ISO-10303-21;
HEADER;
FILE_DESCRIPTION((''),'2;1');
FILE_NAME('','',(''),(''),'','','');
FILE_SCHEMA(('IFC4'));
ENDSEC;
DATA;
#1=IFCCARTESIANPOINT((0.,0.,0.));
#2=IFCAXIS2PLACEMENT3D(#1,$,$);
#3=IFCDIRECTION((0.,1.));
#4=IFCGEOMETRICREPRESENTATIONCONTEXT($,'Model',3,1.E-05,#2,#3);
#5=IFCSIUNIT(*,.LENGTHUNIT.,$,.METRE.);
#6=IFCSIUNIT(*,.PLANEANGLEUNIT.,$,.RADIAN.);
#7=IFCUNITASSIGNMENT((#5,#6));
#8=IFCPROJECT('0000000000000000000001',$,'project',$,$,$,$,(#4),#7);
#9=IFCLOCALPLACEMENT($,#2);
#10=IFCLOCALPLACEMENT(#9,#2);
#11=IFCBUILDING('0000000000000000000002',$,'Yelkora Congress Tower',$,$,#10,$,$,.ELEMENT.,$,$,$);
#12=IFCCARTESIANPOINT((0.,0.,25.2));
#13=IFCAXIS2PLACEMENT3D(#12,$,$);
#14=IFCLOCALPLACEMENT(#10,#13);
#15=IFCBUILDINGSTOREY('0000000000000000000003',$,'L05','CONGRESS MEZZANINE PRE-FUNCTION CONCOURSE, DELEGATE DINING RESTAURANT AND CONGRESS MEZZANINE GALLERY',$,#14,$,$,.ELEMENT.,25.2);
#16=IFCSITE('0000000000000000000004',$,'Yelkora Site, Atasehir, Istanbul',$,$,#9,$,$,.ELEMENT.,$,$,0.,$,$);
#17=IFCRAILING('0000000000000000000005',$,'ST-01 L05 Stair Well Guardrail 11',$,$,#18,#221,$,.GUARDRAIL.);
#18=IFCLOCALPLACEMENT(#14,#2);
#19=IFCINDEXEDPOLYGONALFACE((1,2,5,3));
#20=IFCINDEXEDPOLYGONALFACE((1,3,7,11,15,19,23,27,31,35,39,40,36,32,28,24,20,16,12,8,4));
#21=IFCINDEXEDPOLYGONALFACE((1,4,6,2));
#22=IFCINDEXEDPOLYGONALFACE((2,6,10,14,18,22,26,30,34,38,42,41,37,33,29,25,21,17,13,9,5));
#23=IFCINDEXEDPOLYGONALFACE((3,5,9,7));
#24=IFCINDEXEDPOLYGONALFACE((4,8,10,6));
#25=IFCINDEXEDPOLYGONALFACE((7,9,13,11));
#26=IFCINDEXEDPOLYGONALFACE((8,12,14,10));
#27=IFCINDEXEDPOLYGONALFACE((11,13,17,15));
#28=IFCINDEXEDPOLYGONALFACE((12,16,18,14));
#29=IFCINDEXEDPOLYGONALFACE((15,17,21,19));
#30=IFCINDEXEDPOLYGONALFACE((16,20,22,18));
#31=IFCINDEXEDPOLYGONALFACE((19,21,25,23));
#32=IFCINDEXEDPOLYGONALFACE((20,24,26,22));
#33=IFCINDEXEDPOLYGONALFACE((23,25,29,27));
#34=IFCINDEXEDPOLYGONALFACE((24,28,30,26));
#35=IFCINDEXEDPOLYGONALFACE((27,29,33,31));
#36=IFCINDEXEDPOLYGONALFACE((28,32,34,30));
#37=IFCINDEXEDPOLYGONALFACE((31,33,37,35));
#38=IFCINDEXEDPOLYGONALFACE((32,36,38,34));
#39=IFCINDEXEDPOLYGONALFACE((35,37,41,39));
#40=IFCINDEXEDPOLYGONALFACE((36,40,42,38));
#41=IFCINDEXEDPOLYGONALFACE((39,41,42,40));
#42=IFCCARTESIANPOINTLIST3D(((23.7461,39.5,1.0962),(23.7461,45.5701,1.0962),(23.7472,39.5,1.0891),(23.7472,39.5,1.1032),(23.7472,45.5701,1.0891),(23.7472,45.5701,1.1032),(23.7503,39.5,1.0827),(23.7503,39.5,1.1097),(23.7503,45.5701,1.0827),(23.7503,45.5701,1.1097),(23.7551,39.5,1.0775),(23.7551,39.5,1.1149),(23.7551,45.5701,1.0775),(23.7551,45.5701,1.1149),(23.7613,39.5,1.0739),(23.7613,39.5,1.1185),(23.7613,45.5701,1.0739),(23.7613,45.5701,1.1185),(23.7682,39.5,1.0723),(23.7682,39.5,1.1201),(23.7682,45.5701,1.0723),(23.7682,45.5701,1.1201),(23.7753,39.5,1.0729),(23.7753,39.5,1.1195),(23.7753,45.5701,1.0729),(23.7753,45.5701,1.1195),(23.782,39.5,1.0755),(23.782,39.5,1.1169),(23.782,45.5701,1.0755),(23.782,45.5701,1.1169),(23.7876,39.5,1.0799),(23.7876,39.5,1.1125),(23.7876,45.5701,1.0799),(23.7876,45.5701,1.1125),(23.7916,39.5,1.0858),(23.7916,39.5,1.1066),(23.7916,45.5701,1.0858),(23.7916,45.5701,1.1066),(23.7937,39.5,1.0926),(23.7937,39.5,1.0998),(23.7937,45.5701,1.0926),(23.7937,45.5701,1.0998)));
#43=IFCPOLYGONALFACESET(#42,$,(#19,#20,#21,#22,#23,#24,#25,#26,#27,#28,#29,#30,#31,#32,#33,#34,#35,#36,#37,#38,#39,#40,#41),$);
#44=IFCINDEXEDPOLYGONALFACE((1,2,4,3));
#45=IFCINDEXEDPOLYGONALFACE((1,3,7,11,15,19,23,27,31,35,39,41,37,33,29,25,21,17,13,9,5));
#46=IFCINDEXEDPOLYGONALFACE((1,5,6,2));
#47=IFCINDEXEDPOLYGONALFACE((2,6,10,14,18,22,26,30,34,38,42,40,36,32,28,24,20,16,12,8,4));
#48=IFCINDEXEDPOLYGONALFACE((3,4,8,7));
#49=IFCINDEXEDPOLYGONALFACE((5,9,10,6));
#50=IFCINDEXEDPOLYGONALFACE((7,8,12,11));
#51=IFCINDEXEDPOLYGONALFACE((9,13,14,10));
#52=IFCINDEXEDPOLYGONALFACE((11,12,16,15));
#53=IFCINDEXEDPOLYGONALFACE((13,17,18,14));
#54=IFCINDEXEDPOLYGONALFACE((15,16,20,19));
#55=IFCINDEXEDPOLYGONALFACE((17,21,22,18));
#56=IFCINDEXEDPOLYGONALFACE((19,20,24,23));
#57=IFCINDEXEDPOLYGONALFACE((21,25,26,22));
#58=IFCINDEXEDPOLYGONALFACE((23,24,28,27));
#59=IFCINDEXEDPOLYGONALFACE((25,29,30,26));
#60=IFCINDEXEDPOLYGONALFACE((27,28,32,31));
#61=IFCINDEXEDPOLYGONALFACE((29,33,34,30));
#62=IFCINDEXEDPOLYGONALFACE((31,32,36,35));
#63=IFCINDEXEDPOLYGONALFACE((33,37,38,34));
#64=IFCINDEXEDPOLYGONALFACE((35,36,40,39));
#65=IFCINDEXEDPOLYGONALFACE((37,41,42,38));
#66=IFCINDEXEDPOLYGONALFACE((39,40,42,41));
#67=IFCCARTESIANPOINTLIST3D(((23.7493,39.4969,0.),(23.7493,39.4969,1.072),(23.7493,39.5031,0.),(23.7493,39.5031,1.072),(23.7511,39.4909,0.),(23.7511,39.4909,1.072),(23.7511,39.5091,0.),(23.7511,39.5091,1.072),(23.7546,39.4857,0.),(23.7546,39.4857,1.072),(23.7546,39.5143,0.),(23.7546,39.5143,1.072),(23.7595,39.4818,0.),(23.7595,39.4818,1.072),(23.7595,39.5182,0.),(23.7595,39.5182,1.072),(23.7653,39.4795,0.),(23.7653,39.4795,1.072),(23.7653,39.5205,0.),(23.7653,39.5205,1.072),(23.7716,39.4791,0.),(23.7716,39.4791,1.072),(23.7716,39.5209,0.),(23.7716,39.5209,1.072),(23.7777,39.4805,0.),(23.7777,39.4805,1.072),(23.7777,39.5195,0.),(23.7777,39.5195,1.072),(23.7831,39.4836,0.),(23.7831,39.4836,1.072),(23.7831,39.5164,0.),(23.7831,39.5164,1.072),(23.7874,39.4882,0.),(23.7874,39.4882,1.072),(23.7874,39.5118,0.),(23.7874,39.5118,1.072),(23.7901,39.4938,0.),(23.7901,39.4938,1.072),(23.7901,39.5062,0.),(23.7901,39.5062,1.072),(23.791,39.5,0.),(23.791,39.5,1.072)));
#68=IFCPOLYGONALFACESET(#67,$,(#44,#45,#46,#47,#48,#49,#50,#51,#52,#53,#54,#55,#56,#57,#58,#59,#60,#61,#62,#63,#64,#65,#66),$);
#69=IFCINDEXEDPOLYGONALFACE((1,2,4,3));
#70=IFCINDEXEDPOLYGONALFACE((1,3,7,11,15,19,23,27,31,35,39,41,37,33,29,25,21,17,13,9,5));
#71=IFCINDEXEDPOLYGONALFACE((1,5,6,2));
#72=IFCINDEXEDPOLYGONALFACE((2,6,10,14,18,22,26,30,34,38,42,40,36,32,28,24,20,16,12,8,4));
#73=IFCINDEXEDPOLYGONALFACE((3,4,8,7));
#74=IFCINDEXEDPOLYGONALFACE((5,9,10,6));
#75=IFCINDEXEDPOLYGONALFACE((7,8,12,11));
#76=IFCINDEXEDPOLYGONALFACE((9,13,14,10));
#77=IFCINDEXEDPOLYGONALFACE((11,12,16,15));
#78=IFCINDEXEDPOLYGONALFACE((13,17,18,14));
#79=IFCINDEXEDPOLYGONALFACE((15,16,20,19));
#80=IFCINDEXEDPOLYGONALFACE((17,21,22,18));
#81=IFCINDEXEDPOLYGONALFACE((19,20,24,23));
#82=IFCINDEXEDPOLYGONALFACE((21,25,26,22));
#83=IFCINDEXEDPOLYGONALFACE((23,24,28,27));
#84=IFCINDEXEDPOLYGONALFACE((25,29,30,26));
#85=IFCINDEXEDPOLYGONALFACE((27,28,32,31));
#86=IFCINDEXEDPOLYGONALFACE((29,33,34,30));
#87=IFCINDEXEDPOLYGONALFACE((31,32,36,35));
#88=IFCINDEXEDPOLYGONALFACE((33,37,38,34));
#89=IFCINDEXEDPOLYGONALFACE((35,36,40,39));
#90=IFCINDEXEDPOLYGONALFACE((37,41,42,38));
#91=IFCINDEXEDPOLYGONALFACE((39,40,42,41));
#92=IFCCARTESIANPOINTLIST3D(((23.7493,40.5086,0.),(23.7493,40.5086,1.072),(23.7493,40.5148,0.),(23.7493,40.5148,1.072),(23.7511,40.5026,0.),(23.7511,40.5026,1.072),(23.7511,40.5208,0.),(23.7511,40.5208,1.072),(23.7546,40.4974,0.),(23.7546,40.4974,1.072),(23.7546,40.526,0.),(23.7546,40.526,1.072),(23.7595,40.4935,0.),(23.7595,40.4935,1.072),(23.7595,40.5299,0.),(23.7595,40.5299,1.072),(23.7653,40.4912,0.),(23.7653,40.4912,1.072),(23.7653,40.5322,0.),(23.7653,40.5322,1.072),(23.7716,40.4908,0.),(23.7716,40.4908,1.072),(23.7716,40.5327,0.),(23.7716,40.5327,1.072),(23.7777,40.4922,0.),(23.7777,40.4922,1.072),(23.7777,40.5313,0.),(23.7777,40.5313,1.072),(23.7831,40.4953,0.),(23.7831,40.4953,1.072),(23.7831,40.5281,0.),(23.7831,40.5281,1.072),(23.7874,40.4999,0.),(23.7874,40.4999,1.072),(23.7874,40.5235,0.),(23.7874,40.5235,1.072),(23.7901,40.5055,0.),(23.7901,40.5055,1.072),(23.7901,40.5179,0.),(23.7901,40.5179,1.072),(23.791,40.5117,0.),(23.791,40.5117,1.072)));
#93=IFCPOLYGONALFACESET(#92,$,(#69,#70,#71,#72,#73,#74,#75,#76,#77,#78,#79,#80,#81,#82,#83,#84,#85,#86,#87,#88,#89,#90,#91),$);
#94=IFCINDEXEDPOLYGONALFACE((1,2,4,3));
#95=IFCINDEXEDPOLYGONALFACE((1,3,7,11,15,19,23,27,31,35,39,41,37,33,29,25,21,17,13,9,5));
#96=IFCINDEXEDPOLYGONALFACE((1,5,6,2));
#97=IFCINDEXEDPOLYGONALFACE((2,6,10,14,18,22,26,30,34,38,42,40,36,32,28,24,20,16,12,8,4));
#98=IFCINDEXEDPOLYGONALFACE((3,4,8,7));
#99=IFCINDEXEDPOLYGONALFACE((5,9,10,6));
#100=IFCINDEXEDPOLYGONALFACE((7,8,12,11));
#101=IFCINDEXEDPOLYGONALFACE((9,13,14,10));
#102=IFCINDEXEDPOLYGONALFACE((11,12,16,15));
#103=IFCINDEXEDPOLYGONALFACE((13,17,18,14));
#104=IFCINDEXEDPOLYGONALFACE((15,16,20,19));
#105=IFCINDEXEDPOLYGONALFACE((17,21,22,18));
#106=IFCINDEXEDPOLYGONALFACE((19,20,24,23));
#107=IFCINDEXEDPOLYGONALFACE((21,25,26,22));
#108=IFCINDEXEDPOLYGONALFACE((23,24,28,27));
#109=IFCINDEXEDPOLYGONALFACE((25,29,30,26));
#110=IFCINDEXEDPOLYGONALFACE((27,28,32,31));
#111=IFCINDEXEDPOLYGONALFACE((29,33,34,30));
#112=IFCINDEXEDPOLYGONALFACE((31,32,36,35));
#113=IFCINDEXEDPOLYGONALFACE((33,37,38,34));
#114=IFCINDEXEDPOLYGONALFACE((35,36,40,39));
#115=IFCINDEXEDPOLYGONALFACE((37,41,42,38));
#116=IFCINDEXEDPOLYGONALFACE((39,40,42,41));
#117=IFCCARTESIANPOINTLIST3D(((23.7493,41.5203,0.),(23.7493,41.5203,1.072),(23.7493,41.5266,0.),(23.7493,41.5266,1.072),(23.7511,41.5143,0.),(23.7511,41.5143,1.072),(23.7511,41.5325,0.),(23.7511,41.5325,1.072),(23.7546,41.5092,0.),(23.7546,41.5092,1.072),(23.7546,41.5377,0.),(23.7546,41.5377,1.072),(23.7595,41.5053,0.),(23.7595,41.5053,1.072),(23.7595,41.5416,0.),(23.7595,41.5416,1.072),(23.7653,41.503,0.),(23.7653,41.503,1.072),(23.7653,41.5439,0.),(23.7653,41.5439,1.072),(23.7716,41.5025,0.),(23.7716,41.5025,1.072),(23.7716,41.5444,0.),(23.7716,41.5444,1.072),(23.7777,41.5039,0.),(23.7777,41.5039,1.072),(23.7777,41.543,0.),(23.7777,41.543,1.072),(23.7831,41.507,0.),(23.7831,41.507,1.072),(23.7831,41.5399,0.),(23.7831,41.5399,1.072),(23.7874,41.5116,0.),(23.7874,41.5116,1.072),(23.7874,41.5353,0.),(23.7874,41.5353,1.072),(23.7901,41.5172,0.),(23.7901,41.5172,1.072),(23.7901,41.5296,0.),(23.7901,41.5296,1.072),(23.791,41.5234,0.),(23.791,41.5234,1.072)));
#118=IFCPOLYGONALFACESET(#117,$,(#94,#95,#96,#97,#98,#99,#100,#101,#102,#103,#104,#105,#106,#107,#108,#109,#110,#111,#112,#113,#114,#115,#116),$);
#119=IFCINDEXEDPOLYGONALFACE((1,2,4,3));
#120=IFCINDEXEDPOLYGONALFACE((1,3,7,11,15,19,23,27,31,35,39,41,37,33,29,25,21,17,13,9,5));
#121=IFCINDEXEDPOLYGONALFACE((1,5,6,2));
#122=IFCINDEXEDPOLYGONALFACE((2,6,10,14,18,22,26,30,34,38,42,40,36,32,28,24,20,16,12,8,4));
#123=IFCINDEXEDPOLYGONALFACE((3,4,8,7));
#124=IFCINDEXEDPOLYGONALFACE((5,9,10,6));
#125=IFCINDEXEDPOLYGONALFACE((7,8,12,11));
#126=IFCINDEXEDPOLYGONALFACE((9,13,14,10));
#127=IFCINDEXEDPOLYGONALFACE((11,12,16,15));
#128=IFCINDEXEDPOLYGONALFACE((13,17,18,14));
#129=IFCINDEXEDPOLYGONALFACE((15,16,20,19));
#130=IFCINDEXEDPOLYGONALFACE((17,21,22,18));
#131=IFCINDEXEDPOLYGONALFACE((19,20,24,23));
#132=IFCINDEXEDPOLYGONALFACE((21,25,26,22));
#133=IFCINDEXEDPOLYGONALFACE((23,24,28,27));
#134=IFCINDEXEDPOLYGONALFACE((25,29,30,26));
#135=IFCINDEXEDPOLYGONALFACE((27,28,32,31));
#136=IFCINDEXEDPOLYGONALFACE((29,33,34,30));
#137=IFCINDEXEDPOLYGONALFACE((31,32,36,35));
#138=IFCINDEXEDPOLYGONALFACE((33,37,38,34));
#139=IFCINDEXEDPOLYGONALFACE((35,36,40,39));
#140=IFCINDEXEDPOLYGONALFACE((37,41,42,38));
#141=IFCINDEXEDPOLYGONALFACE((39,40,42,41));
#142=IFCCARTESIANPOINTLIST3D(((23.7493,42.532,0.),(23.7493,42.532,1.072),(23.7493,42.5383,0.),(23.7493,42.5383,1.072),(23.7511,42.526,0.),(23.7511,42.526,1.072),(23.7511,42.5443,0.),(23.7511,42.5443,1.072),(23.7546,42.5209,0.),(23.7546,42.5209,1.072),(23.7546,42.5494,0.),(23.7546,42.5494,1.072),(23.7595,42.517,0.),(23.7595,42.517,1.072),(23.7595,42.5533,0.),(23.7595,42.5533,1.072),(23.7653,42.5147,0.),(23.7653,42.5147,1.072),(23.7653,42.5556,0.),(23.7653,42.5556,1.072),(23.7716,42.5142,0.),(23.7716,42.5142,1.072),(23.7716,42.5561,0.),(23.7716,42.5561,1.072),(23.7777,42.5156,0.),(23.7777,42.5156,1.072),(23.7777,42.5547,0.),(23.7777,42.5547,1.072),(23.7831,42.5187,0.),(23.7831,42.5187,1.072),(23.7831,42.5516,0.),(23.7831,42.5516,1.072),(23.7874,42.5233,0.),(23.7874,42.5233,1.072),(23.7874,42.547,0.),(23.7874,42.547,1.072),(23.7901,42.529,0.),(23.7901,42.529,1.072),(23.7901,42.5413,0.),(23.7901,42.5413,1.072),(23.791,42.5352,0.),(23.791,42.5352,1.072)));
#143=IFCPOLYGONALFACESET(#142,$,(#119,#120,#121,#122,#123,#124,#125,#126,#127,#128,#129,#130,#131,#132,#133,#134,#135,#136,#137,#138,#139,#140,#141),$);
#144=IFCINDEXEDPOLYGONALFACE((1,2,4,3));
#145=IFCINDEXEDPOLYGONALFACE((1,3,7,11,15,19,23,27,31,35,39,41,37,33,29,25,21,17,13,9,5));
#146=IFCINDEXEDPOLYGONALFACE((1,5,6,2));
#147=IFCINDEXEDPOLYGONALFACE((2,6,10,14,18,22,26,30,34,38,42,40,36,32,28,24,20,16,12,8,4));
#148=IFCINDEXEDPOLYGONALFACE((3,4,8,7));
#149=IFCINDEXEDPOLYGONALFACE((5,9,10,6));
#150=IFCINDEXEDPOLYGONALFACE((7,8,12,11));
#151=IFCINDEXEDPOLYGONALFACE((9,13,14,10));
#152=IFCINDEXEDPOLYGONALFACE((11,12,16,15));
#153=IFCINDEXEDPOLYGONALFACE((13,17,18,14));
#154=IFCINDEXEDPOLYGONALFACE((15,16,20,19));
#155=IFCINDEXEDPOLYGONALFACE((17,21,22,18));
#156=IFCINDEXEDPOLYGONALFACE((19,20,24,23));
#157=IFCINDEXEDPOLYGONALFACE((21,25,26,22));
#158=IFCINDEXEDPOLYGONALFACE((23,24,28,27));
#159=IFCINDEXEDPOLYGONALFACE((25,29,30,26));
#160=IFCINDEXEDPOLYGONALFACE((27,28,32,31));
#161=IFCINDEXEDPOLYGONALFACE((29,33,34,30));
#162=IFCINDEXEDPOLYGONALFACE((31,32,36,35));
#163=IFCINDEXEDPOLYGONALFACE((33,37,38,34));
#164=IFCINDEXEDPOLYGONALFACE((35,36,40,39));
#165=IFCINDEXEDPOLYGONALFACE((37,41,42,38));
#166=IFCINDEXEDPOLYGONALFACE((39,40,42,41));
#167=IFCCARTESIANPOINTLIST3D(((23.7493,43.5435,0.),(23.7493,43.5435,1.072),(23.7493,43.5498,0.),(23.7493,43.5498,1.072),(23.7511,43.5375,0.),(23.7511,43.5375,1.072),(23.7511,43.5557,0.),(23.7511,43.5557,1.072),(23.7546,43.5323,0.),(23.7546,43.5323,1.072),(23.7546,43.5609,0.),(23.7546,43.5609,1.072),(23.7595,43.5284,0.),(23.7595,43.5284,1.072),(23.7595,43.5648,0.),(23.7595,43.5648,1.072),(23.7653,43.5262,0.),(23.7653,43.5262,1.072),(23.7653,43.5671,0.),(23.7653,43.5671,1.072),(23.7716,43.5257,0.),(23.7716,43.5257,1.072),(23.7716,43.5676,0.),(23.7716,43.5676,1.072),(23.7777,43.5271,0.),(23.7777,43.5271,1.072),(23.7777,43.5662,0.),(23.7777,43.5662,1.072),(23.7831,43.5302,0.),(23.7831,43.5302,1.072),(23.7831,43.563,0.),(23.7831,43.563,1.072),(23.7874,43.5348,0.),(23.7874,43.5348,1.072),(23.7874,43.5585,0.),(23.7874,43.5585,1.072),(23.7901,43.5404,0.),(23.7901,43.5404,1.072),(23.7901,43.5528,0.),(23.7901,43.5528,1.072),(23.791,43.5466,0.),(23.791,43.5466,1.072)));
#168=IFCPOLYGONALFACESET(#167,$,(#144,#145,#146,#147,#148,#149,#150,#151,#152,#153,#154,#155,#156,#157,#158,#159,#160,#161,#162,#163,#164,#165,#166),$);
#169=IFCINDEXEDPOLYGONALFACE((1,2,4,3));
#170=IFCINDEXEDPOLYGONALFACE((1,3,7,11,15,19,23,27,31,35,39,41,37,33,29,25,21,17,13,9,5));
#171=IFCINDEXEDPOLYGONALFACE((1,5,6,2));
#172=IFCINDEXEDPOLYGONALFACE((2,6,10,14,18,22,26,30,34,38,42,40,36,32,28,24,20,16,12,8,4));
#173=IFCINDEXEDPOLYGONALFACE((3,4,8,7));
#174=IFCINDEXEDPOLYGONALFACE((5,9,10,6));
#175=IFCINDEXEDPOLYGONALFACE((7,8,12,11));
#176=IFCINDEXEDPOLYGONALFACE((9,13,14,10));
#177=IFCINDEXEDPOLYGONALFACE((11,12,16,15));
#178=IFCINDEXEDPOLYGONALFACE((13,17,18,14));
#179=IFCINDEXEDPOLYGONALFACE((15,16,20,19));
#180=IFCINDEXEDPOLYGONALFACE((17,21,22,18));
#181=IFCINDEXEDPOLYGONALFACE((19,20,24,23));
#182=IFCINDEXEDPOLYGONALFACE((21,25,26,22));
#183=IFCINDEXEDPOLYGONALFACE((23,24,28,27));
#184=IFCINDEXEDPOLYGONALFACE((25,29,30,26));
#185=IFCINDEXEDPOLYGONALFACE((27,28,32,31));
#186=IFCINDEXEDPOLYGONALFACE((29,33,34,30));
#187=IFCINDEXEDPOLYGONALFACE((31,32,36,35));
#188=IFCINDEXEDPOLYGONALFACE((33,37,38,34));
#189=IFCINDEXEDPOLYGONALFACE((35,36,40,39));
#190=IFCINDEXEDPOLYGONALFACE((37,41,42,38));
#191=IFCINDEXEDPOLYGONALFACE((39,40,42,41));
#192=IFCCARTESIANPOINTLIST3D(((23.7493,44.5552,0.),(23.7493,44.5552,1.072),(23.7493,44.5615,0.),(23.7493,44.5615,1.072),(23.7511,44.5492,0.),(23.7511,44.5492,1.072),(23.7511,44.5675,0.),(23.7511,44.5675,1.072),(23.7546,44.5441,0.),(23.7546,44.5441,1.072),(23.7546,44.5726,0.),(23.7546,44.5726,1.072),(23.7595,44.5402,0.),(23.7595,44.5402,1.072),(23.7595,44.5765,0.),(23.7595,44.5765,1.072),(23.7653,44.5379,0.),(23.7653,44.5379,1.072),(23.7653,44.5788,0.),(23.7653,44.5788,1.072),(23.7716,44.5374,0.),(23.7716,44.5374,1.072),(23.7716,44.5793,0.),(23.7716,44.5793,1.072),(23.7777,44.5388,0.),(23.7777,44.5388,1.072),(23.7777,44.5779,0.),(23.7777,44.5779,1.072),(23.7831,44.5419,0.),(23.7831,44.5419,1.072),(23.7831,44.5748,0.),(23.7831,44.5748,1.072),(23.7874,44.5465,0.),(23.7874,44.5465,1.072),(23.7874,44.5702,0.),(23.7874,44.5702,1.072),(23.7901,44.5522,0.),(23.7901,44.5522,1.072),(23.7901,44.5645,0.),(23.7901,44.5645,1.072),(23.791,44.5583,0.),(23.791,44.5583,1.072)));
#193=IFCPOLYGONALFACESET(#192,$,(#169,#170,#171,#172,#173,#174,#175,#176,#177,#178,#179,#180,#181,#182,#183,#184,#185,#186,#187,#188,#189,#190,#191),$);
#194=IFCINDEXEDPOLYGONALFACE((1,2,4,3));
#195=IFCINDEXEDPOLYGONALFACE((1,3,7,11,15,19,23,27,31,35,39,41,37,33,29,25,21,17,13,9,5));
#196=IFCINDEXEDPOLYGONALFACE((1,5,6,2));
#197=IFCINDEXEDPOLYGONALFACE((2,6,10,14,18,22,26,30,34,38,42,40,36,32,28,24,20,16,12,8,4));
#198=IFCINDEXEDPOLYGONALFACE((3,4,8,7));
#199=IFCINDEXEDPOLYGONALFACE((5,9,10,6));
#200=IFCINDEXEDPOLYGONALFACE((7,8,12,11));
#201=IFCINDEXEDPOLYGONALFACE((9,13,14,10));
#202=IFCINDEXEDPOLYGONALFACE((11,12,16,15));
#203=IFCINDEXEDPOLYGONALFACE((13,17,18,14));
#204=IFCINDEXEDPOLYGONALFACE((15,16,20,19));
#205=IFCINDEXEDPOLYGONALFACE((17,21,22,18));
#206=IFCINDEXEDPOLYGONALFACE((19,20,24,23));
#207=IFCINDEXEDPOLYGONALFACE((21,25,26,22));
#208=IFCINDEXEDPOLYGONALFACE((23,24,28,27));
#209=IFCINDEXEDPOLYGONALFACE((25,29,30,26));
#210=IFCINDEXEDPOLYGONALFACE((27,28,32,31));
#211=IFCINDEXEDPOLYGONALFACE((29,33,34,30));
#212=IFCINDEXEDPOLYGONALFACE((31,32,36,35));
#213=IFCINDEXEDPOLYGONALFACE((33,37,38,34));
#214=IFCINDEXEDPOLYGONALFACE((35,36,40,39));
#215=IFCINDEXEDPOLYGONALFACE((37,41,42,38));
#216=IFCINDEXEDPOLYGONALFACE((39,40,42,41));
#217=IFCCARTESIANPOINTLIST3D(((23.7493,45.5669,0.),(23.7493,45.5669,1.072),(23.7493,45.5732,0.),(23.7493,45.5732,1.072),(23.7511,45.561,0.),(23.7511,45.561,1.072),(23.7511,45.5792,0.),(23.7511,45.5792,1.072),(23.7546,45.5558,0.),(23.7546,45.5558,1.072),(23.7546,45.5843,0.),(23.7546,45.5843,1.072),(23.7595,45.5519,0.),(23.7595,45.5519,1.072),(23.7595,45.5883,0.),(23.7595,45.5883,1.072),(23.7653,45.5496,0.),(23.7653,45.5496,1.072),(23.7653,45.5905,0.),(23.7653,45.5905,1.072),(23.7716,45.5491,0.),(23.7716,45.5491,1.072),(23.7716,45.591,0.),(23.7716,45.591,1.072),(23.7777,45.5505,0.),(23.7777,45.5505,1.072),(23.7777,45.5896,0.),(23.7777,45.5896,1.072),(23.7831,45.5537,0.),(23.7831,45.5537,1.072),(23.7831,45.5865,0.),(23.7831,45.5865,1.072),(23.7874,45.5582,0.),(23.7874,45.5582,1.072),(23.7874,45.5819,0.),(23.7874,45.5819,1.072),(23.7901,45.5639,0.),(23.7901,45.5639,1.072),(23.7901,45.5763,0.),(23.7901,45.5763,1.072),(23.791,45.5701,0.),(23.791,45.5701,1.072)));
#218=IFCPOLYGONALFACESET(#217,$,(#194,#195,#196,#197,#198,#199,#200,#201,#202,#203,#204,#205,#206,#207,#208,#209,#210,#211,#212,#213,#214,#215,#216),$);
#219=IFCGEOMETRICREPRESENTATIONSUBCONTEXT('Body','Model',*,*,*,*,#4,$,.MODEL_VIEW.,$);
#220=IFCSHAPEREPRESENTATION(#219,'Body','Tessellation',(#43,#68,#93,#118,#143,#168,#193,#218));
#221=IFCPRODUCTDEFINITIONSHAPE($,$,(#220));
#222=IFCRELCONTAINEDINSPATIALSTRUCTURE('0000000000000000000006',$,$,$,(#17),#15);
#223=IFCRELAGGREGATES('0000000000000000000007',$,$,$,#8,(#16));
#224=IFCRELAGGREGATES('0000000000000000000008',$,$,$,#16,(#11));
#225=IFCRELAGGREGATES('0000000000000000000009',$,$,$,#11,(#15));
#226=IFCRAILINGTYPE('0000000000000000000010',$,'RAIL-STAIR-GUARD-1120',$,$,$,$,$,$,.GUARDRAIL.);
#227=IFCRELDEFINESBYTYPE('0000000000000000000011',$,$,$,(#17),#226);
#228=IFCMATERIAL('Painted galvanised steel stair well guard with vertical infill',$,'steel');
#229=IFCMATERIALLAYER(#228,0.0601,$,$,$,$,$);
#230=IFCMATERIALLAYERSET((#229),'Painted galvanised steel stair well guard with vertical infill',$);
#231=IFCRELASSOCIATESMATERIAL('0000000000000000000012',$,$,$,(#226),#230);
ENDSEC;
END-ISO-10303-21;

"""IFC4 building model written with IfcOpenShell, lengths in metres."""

from ifc_helpers import new_model, si_unit, direction, frame, origin, origin_2d, place, context, subcontext, project, spatial, circle, extrude, material, layer, layer_set, type_object, element, save


model = new_model("IFC4")

# Units and contexts
model_context = context("Model", 3, precision=1e-05, world=origin(), true_north=direction((0.0, 1.0)))
body_context = subcontext(model_context, "Body", "Model", "MODEL_VIEW")
ifc_project = project(units=[si_unit("LENGTHUNIT", "METRE"), si_unit("PLANEANGLEUNIT", "RADIAN")], contexts=[model_context])

# Site, building, storey
site_placement = place(None, origin())
site = spatial("IfcSite", under=ifc_project, at=site_placement, Name="Yelkora Site, Atasehir, Istanbul", CompositionType="ELEMENT", RefElevation=0.0)
building_placement = place(site_placement, origin())
building = spatial("IfcBuilding", under=site, at=building_placement, Name="Yelkora Congress Tower", CompositionType="ELEMENT")
storey_placement = place(building_placement, frame((0.0, 0.0, 25.2)))
storey = spatial("IfcBuildingStorey", under=building, at=storey_placement, Name="L05", Description="CONGRESS MEZZANINE PRE-FUNCTION CONCOURSE, DELEGATE DINING RESTAURANT AND CONGRESS MEZZANINE GALLERY", CompositionType="ELEMENT", Elevation=25.2)

# Railing
ifc_material_1 = material(Name="Painted galvanised steel stair well guard with vertical infill", Category="steel")
ifc_layer_1 = layer(ifc_material_1, 0.0601)
ifc_layer_set_1 = layer_set([ifc_layer_1], Name="Painted galvanised steel stair well guard with vertical infill")
railing_type = type_object("IfcRailingType", Name="RAIL-STAIR-GUARD-1120", PredefinedType="GUARDRAIL", material=ifc_layer_set_1)
railing_placement = place(storey_placement, frame((23.77, 39.5, 0.0)))
element("IfcRailing", 1, at=railing_placement, inside=storey, type_object=railing_type, Name="ST-01 L05 Stair Well Guardrail 11", PredefinedType="GUARDRAIL", context=body_context, shape_type="SweptSolid", body=[
    extrude(circle(Radius=0.0239, at=origin_2d()), frame((0.0, 0.0, 1.0962), z_axis=(0.0, 1.0, 0.0), x_axis=(-1.0, 0.0, 0.0)), (0.0, 0.0, 1.0), 6.0701),
    extrude(circle(Radius=0.021, at=origin_2d()), origin(), (0.0, 0.0, 1.0), 1.072),
    extrude(circle(Radius=0.021, at=origin_2d()), frame((0.0, 1.0117, 0.0)), (0.0, 0.0, 1.0), 1.072),
    extrude(circle(Radius=0.021, at=origin_2d()), frame((0.0, 2.0234, 0.0)), (0.0, 0.0, 1.0), 1.072),
    extrude(circle(Radius=0.021, at=origin_2d()), frame((0.0, 3.0352, 0.0)), (0.0, 0.0, 1.0), 1.072),
    extrude(circle(Radius=0.021, at=origin_2d()), frame((0.0, 4.0466, 0.0)), (0.0, 0.0, 1.0), 1.072),
    extrude(circle(Radius=0.021, at=origin_2d()), frame((0.0, 5.0583, 0.0)), (0.0, 0.0, 1.0), 1.072),
    extrude(circle(Radius=0.021, at=origin_2d()), frame((0.0, 6.0701, 0.0)), (0.0, 0.0, 1.0), 1.072),
])

save(model, "model.ifc")
